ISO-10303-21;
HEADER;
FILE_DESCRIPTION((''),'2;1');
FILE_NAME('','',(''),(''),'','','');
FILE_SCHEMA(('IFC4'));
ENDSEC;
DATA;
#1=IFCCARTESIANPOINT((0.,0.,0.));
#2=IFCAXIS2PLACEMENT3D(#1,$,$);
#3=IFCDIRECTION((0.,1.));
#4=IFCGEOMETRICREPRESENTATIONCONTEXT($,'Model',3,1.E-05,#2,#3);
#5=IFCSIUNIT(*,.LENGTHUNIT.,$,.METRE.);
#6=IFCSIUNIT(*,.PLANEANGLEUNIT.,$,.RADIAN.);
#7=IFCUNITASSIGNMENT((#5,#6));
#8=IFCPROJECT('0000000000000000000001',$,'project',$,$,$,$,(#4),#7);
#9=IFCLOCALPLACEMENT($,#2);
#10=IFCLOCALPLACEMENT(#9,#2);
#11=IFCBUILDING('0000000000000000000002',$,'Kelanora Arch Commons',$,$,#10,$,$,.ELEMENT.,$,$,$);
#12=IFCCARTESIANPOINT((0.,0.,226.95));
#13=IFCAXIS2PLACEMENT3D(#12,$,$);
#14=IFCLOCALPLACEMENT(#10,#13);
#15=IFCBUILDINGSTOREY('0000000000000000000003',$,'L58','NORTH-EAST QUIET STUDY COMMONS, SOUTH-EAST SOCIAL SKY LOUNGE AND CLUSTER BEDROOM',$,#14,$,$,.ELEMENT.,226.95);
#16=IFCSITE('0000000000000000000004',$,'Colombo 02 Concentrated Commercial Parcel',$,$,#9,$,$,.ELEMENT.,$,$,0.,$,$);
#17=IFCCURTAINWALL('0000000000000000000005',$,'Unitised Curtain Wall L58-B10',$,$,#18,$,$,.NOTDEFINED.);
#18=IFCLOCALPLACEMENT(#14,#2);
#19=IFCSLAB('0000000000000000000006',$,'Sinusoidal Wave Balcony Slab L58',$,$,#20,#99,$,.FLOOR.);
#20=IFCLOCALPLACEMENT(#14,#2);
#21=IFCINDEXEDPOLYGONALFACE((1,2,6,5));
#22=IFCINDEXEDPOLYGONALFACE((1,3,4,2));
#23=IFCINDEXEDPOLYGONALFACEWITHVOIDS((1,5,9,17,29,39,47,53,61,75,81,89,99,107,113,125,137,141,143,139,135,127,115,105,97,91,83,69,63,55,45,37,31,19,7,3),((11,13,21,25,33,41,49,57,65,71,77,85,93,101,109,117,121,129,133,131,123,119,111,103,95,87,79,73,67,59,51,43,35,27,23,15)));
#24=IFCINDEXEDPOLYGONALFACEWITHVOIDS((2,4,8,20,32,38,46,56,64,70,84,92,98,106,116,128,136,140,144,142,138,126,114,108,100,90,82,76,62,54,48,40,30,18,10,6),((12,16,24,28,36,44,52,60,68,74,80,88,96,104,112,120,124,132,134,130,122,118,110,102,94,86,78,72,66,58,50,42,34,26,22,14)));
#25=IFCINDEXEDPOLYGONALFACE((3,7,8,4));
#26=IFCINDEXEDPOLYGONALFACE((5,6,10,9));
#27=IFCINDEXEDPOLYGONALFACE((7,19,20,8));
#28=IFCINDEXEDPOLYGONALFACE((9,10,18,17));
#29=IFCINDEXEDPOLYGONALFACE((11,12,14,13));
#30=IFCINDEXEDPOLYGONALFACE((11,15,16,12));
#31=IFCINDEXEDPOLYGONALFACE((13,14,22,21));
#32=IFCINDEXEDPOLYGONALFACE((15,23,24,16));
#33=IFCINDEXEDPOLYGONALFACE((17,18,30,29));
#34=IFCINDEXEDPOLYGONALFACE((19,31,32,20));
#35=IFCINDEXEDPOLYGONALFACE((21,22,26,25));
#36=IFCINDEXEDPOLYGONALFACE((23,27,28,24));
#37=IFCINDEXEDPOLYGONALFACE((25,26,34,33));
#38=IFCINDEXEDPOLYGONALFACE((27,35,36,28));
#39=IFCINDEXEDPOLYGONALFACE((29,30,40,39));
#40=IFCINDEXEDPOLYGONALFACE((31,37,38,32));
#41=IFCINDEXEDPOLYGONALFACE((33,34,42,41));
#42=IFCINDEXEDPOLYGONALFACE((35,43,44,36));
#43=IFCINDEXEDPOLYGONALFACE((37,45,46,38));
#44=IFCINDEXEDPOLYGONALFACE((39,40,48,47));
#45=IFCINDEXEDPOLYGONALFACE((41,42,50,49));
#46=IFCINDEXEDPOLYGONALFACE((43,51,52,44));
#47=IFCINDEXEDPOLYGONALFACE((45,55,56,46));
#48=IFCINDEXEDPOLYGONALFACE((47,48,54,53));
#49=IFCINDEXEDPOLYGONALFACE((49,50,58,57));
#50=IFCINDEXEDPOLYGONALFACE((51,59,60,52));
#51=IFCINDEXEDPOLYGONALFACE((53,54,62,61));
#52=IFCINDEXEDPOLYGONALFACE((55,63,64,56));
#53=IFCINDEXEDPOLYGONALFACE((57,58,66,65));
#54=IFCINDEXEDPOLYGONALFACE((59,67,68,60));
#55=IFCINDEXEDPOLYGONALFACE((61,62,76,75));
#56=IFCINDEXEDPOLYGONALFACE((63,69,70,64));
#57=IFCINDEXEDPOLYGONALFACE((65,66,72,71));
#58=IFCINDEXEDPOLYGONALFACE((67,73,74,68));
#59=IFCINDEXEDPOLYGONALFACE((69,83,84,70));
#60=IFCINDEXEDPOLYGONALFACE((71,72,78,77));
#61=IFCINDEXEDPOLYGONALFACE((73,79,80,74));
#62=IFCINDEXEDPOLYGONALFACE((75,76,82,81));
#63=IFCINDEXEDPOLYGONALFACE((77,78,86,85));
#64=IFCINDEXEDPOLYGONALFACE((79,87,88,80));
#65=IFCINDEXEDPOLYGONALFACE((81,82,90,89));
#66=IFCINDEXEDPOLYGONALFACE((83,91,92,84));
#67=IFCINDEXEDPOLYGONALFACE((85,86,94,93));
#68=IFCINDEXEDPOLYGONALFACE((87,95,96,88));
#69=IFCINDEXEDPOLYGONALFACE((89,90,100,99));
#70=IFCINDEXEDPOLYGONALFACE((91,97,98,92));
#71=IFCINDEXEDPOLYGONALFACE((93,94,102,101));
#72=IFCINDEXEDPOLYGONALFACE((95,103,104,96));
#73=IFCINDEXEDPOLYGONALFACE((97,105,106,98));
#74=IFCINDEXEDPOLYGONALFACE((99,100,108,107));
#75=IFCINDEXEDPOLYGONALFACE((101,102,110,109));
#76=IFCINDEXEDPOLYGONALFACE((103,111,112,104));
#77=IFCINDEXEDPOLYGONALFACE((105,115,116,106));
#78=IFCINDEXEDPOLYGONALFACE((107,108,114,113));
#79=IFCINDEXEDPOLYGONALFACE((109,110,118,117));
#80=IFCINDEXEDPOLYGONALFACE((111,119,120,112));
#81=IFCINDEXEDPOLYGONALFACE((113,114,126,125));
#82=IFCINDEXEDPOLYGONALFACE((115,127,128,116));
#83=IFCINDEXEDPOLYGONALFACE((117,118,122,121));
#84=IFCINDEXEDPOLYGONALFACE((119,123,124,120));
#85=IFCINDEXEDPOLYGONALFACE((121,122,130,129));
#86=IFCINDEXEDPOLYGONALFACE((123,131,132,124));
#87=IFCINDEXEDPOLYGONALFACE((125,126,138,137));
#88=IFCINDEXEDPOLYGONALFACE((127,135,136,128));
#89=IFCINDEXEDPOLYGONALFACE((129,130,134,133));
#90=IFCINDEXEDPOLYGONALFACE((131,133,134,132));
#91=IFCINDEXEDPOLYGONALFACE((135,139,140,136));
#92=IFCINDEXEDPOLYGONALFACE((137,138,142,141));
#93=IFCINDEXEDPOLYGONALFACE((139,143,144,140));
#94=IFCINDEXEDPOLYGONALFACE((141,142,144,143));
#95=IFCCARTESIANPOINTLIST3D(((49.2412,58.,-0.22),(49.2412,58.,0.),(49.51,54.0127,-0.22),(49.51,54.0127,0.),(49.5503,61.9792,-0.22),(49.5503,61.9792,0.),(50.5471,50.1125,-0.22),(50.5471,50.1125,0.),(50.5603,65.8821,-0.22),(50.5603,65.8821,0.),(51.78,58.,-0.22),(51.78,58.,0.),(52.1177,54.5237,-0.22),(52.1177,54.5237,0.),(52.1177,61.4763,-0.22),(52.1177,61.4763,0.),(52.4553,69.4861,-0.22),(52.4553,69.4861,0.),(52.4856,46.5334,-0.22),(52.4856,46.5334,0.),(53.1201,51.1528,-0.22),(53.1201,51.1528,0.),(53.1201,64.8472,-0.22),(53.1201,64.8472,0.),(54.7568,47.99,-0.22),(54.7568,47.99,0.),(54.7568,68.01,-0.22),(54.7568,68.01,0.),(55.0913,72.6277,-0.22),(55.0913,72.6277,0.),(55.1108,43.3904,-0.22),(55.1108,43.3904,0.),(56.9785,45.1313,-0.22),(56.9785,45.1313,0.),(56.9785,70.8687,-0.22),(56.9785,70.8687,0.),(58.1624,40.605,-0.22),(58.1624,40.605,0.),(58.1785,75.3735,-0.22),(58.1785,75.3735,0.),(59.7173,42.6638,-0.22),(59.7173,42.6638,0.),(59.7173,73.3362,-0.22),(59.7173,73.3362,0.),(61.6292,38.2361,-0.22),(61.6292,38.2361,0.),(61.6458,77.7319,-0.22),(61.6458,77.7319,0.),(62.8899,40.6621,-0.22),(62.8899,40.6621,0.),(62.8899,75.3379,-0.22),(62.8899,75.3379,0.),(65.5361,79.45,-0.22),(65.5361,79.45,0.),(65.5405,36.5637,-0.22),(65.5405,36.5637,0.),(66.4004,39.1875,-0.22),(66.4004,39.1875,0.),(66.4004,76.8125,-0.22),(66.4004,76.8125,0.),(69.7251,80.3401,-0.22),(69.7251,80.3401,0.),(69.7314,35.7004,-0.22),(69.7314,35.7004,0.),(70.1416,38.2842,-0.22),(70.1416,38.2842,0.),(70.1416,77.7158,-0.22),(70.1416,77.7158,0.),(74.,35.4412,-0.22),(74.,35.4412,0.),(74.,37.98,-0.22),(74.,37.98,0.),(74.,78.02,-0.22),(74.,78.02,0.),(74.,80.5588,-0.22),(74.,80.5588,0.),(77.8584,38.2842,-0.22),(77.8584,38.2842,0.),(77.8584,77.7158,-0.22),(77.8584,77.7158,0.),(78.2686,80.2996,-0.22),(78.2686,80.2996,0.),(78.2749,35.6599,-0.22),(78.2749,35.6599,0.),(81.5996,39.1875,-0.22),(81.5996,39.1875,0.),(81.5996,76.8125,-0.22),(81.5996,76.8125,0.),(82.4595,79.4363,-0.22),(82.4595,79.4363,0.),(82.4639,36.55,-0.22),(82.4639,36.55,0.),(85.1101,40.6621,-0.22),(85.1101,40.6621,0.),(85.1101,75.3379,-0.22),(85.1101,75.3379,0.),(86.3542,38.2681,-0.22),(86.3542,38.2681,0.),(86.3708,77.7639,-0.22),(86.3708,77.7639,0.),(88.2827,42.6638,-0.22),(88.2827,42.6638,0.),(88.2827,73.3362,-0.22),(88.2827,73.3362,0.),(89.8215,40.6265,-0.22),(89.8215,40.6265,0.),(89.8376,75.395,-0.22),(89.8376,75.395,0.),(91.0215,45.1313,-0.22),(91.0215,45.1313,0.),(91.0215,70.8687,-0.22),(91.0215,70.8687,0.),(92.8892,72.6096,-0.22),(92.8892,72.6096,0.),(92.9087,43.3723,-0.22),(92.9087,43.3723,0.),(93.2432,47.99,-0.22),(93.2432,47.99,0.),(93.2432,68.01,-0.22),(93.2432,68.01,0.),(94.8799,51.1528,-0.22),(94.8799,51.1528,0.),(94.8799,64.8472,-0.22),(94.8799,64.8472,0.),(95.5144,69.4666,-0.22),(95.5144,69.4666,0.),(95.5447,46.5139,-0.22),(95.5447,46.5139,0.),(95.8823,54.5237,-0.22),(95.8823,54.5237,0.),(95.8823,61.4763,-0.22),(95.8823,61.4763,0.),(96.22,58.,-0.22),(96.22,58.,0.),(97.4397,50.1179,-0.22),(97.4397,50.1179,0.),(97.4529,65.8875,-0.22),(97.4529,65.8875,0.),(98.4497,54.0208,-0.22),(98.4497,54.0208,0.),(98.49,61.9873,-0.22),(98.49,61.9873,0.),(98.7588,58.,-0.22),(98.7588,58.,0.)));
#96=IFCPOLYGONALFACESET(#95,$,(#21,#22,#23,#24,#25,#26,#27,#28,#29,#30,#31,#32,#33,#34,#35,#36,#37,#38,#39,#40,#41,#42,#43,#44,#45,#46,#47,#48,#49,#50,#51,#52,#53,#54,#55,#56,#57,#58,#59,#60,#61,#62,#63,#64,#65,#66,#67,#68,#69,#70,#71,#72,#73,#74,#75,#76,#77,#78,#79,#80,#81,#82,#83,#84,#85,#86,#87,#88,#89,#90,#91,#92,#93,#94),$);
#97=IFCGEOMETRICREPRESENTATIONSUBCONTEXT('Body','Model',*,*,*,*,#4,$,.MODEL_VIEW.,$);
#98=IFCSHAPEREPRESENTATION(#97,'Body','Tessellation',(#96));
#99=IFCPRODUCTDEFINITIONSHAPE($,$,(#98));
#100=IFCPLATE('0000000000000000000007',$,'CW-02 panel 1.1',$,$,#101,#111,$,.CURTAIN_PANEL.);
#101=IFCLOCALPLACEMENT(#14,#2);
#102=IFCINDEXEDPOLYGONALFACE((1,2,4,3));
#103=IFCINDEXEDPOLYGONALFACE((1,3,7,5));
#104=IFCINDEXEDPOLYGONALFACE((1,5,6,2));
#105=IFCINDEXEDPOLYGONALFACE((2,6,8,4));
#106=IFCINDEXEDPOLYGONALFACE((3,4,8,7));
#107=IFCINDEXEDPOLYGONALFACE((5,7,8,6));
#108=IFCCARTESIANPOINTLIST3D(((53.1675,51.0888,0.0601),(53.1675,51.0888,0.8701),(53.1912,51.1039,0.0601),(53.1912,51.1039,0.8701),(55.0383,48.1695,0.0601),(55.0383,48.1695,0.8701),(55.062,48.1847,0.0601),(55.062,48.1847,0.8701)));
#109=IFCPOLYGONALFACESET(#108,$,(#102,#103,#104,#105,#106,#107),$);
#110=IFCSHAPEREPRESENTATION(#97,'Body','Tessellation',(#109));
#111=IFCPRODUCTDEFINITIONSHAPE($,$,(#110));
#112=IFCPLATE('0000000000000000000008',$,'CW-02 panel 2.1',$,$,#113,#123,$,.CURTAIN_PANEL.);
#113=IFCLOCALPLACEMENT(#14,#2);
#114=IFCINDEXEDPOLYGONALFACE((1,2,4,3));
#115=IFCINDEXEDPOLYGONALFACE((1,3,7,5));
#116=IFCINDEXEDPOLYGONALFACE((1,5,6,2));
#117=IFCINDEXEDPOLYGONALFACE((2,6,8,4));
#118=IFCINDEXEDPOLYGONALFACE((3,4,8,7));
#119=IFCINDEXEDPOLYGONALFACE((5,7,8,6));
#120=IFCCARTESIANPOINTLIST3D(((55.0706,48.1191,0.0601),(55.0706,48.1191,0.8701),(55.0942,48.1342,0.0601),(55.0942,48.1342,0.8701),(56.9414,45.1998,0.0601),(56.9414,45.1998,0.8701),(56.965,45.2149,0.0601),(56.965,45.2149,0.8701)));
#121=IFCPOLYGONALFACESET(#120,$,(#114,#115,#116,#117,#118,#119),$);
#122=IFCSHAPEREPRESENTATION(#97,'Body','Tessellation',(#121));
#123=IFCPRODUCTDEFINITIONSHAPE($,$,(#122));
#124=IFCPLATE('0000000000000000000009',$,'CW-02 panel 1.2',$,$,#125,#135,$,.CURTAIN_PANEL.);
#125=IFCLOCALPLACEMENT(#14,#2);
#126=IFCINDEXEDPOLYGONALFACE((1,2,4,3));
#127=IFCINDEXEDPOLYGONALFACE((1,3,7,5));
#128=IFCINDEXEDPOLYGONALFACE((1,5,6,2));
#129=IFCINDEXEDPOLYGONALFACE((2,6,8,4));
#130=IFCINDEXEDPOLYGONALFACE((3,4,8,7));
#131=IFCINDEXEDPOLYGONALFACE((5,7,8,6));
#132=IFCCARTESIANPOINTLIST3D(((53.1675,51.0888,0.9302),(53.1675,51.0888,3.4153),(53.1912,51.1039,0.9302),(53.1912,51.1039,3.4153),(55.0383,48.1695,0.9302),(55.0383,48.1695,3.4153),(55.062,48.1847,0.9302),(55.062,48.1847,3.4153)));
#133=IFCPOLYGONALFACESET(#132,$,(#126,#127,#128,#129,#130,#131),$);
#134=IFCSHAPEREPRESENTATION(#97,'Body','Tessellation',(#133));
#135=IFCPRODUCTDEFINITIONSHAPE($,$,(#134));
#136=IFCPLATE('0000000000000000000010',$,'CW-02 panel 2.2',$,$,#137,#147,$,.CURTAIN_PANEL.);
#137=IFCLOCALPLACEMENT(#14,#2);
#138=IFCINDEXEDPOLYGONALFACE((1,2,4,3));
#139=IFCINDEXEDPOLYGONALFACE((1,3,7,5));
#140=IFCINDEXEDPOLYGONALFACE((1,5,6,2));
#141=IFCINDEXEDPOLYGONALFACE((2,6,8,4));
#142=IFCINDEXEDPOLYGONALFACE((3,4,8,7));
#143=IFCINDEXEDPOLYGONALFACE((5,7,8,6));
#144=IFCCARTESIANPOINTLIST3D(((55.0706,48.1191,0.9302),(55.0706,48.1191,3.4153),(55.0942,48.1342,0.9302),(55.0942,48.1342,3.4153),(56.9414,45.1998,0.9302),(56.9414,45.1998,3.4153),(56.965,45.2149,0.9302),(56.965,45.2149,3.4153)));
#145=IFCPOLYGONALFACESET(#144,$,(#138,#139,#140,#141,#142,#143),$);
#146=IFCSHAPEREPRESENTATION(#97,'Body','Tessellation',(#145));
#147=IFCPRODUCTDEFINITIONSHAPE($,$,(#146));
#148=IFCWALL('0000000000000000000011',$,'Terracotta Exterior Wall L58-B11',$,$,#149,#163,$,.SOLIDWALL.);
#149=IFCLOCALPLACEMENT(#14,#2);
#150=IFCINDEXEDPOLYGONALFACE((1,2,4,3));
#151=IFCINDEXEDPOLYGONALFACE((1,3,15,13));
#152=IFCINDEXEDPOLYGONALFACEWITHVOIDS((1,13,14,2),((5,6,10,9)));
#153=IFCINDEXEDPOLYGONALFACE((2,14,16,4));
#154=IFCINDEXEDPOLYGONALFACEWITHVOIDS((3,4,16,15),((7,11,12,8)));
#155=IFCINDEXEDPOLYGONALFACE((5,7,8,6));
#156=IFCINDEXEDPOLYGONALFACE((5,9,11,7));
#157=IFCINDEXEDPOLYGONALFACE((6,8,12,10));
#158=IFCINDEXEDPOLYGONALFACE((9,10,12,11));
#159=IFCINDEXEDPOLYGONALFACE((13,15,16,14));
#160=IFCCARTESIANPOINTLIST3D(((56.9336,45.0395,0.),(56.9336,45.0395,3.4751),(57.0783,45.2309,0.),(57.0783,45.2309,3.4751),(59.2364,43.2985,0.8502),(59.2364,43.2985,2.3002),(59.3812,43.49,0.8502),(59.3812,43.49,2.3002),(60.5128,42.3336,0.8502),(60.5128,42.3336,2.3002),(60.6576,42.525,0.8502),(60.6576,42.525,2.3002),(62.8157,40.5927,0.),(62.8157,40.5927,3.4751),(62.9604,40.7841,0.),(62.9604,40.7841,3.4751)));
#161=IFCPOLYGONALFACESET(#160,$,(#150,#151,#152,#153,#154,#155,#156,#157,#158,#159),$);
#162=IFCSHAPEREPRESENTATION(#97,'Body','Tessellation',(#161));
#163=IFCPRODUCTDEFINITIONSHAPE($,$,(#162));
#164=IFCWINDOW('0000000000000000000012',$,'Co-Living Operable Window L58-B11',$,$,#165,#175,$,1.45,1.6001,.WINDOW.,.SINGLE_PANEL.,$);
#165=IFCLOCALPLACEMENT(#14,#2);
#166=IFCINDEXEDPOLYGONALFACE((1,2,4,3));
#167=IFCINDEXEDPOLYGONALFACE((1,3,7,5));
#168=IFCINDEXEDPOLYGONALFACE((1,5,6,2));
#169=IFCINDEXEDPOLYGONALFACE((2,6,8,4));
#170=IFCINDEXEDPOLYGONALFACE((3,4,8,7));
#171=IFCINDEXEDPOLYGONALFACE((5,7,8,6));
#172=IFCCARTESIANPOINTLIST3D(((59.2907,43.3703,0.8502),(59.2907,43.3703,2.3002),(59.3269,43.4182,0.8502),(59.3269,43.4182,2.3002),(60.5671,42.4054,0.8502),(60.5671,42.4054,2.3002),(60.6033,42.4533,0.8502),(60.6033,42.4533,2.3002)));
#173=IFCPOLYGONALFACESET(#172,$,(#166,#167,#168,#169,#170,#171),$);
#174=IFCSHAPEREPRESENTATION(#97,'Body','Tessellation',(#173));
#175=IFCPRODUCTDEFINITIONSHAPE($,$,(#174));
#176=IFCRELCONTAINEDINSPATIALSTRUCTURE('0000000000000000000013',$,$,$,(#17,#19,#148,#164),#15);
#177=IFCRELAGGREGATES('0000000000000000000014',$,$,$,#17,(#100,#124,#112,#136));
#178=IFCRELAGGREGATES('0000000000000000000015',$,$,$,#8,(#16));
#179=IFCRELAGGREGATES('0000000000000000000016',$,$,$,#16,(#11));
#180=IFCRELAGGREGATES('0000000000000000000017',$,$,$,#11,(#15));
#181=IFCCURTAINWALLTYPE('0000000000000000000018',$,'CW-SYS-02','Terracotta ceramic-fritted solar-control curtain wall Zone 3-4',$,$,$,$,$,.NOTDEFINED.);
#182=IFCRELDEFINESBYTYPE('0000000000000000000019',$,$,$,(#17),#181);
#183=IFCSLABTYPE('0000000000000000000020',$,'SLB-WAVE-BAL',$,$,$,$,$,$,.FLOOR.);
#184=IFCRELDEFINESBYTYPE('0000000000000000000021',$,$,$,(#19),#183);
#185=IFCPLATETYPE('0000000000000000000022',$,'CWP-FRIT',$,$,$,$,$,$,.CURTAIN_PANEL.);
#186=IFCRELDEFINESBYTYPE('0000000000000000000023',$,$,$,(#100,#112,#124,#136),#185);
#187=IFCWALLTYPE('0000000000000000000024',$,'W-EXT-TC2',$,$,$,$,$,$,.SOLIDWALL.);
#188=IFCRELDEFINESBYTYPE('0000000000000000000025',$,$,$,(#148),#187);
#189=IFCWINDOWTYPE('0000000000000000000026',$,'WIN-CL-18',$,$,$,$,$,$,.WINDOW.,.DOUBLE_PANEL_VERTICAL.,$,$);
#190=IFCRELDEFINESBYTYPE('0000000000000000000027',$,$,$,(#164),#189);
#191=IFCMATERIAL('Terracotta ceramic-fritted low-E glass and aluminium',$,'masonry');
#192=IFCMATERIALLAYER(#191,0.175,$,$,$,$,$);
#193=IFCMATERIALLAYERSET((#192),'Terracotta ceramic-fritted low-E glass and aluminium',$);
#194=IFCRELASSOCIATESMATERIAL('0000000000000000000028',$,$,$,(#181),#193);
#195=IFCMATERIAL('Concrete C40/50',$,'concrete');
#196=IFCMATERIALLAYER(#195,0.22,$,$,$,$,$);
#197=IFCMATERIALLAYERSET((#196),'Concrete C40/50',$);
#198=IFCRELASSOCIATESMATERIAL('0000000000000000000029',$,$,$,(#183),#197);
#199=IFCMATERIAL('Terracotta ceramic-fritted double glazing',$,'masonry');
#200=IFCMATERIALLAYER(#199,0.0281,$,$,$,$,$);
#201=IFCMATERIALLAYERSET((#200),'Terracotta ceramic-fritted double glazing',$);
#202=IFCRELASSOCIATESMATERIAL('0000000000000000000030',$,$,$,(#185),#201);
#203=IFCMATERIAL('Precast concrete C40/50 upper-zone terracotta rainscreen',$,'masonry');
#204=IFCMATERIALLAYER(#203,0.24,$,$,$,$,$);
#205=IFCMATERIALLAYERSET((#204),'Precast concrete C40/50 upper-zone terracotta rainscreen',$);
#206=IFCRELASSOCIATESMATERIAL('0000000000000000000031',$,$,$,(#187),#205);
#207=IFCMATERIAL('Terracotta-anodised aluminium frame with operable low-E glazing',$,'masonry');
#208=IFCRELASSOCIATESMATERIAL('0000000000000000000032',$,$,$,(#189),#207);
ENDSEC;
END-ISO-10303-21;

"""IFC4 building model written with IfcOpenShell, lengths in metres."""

from ifc_helpers import new_model, si_unit, direction, frame, frame_2d, origin, origin_2d, place, context, subcontext, project, spatial, polyline, rectangle, outline, extrude, source, transform, mapped, material, layer, layer_set, type_object, element, fill, aggregate, save


model = new_model("IFC4")

# Units and contexts
model_context = context("Model", 3, precision=1e-05, world=origin(), true_north=direction((0.0, 1.0)))
body_context = subcontext(model_context, "Body", "Model", "MODEL_VIEW")
ifc_project = project(units=[si_unit("LENGTHUNIT", "METRE"), si_unit("PLANEANGLEUNIT", "RADIAN")], contexts=[model_context])

# Site, building, storey
site_placement = place(None, origin())
site = spatial("IfcSite", under=ifc_project, at=site_placement, Name="Colombo 02 Concentrated Commercial Parcel", CompositionType="ELEMENT", RefElevation=0.0)
building_placement = place(site_placement, origin())
building = spatial("IfcBuilding", under=site, at=building_placement, Name="Kelanora Arch Commons", CompositionType="ELEMENT")
storey_placement = place(building_placement, frame((0.0, 0.0, 226.95)))
storey = spatial("IfcBuildingStorey", under=building, at=storey_placement, Name="L58", Description="NORTH-EAST QUIET STUDY COMMONS, SOUTH-EAST SOCIAL SKY LOUNGE AND CLUSTER BEDROOM", CompositionType="ELEMENT", Elevation=226.95)

# Curtain wall
ifc_material_1 = material(Name="Terracotta ceramic-fritted low-E glass and aluminium", Category="masonry")
ifc_layer_1 = layer(ifc_material_1, 0.175)
ifc_layer_set_1 = layer_set([ifc_layer_1], Name="Terracotta ceramic-fritted low-E glass and aluminium")
curtain_wall_type = type_object("IfcCurtainWallType", Name="CW-SYS-02", Description="Terracotta ceramic-fritted solar-control curtain wall Zone 3-4", PredefinedType="NOTDEFINED", material=ifc_layer_set_1)
curtain_wall_placement = place(storey_placement, origin())
curtain_wall = element("IfcCurtainWall", 1, at=curtain_wall_placement, inside=storey, type_object=curtain_wall_type, Name="Unitised Curtain Wall L58-B10", PredefinedType="NOTDEFINED")

# Shared definitions
ifc_material_2 = material(Name="Concrete C40/50", Category="concrete")

# Slab
ifc_layer_2 = layer(ifc_material_2, 0.22)
ifc_layer_set_2 = layer_set([ifc_layer_2], Name="Concrete C40/50")
slab_type_1 = type_object("IfcSlabType", Name="SLB-WAVE-BAL", PredefinedType="FLOOR", material=ifc_layer_set_2)
slab_1_placement = place(storey_placement, frame((0.0, 0.0, -0.22)))
element("IfcSlab", 2, at=slab_1_placement, inside=storey, type_object=slab_type_1, Name="Sinusoidal Wave Balcony Slab L58", PredefinedType="FLOOR", context=body_context, shape_type="SweptSolid", body=[
    extrude(outline(polyline([(98.7588, 58.0), (98.49, 61.9873), (97.4529, 65.8875), (95.5144, 69.4666), (92.8892, 72.6096), (89.8376, 75.395), (86.3708, 77.7639), (82.4595, 79.4363), (78.2686, 80.2996), (74.0, 80.5588), (69.7251, 80.3401), (65.5361, 79.45), (61.6458, 77.7319), (58.1785, 75.3735), (55.0913, 72.6277), (52.4553, 69.4861), (50.5603, 65.8821), (49.5503, 61.9792), (49.2412, 58.0), (49.51, 54.0127), (50.5471, 50.1125), (52.4856, 46.5334), (55.1108, 43.3904), (58.1624, 40.605), (61.6292, 38.2361), (65.5405, 36.5637), (69.7314, 35.7004), (74.0, 35.4412), (78.2749, 35.6599), (82.4639, 36.55), (86.3542, 38.2681), (89.8215, 40.6265), (92.9087, 43.3723), (95.5447, 46.5139), (97.4397, 50.1179), (98.4497, 54.0208), (98.7588, 58.0)]), holes=[polyline([(95.8823, 54.5237), (94.8799, 51.1528), (93.2432, 47.99), (91.0215, 45.1313), (88.2827, 42.6638), (85.1101, 40.6621), (81.5996, 39.1875), (77.8584, 38.2842), (74.0, 37.98), (70.1416, 38.2842), (66.4004, 39.1875), (62.8899, 40.6621), (59.7173, 42.6638), (56.9785, 45.1313), (54.7568, 47.99), (53.1201, 51.1528), (52.1177, 54.5237), (51.78, 58.0), (52.1177, 61.4763), (53.1201, 64.8472), (54.7568, 68.01), (56.9785, 70.8687), (59.7173, 73.3362), (62.8899, 75.3379), (66.4004, 76.8125), (70.1416, 77.7158), (74.0, 78.02), (77.8584, 77.7158), (81.5996, 76.8125), (85.1101, 75.3379), (88.2827, 73.3362), (91.0215, 70.8687), (93.2432, 68.01), (94.8799, 64.8472), (95.8823, 61.4763), (96.22, 58.0), (95.8823, 54.5237)])]), origin(), (0.0, 0.0, 1.0), 0.22),
])

# Plates
ifc_material_3 = material(Name="Terracotta ceramic-fritted double glazing", Category="masonry")
ifc_layer_3 = layer(ifc_material_3, 0.0281)
ifc_layer_set_3 = layer_set([ifc_layer_3], Name="Terracotta ceramic-fritted double glazing")
plate_type = type_object("IfcPlateType", Name="CWP-FRIT", PredefinedType="CURTAIN_PANEL", material=ifc_layer_set_3)
shared_shape_1 = source(origin(), body_context, "Body", "SweptSolid", [
    extrude(rectangle(XDim=3.4673, YDim=0.0281, at=origin_2d()), origin(), (0.0, 0.0, 1.0), 0.8101),
])
plate_1_placement = place(storey_placement, frame((54.1147, 49.6367, 0.0601), z_axis=(0.0, 0.0, 1.0), x_axis=(0.539559, -0.841948, 0.0)))
plate_1 = element("IfcPlate", 3, at=plate_1_placement, type_object=plate_type, Name="CW-02 panel 1.1", PredefinedType="CURTAIN_PANEL", context=body_context, shape_type="MappedRepresentation", body=[
    mapped(shared_shape_1, transform((0.0, 0.0, 0.0), scale=1.0)),
])
plate_2_placement = place(storey_placement, frame((56.0178, 46.667, 0.0601), z_axis=(0.0, 0.0, 1.0), x_axis=(0.539559, -0.841948, 0.0)))
plate_2 = element("IfcPlate", 4, at=plate_2_placement, type_object=plate_type, Name="CW-02 panel 2.1", PredefinedType="CURTAIN_PANEL", context=body_context, shape_type="MappedRepresentation", body=[
    mapped(shared_shape_1, transform((0.0, 0.0, 0.0), scale=1.0)),
])
shared_shape_2 = source(origin(), body_context, "Body", "SweptSolid", [
    extrude(rectangle(XDim=3.4673, YDim=0.0281, at=origin_2d()), origin(), (0.0, 0.0, 1.0), 2.4851),
])
plate_3_placement = place(storey_placement, frame((54.1147, 49.6367, 0.9302), z_axis=(0.0, 0.0, 1.0), x_axis=(0.539559, -0.841948, 0.0)))
plate_3 = element("IfcPlate", 5, at=plate_3_placement, type_object=plate_type, Name="CW-02 panel 1.2", PredefinedType="CURTAIN_PANEL", context=body_context, shape_type="MappedRepresentation", body=[
    mapped(shared_shape_2, transform((0.0, 0.0, 0.0), scale=1.0)),
])
plate_4_placement = place(storey_placement, frame((56.0178, 46.667, 0.9302), z_axis=(0.0, 0.0, 1.0), x_axis=(0.539559, -0.841948, 0.0)))
plate_4 = element("IfcPlate", 6, at=plate_4_placement, type_object=plate_type, Name="CW-02 panel 2.2", PredefinedType="CURTAIN_PANEL", context=body_context, shape_type="MappedRepresentation", body=[
    mapped(shared_shape_2, transform((0.0, 0.0, 0.0), scale=1.0)),
])
aggregate(curtain_wall, [plate_1, plate_3, plate_2, plate_4])

# Wall, opening, window
ifc_material_4 = material(Name="Precast concrete C40/50 upper-zone terracotta rainscreen", Category="masonry")
ifc_layer_4 = layer(ifc_material_4, 0.24)
ifc_layer_set_4 = layer_set([ifc_layer_4], Name="Precast concrete C40/50 upper-zone terracotta rainscreen")
wall_type_1 = type_object("IfcWallType", Name="W-EXT-TC2", PredefinedType="SOLIDWALL", material=ifc_layer_set_4)
wall_1_placement = place(storey_placement, frame((57.0059, 45.1353, 0.0), z_axis=(0.0, 0.0, 1.0), x_axis=(0.797702, -0.603052, 0.0)))
wall_1 = element("IfcWall", 7, at=wall_1_placement, inside=storey, type_object=wall_type_1, Name="Terracotta Exterior Wall L58-B11", PredefinedType="SOLIDWALL", context=body_context, shape_type="SweptSolid", body=[
    extrude(rectangle(XDim=7.3738, YDim=0.24, at=frame_2d((3.687, 0.0))), origin(), (0.0, 0.0, 1.0), 3.4751),
])
opening_placement = place(wall_1_placement, frame((2.887, 0.0, 0.8501)))
opening = element("IfcOpeningElement", 8, at=opening_placement, cuts=wall_1, PredefinedType="OPENING", context=body_context, shape_type="SweptSolid", body=[
    extrude(rectangle(XDim=1.6001, YDim=1.45, at=frame_2d((0.8, 0.7251))), frame((0.0, 0.1299, 0.0), z_axis=(0.0, -1.0, 0.0), x_axis=(1.0, 0.0, 0.0)), (0.0, 0.0, 1.0), 0.26),
])
ifc_material_5 = material(Name="Terracotta-anodised aluminium frame with operable low-E glazing", Category="masonry")
window_type = type_object("IfcWindowType", Name="WIN-CL-18", PartitioningType="DOUBLE_PANEL_VERTICAL", PredefinedType="WINDOW", material=ifc_material_5)
window_placement = place(opening_placement, origin())
window = element("IfcWindow", 9, at=window_placement, inside=storey, type_object=window_type, Name="Co-Living Operable Window L58-B11", OverallHeight=1.45, OverallWidth=1.6001, PartitioningType="SINGLE_PANEL", PredefinedType="WINDOW", context=body_context, shape_type="SweptSolid", body=[
    extrude(rectangle(XDim=1.6001, YDim=1.45, at=frame_2d((0.8, 0.7251))), frame((0.0, 0.03, 0.0), z_axis=(0.0, -1.0, 0.0), x_axis=(1.0, 0.0, 0.0)), (0.0, 0.0, 1.0), 0.0601),
])
fill(opening, window)

save(model, "model.ifc")
